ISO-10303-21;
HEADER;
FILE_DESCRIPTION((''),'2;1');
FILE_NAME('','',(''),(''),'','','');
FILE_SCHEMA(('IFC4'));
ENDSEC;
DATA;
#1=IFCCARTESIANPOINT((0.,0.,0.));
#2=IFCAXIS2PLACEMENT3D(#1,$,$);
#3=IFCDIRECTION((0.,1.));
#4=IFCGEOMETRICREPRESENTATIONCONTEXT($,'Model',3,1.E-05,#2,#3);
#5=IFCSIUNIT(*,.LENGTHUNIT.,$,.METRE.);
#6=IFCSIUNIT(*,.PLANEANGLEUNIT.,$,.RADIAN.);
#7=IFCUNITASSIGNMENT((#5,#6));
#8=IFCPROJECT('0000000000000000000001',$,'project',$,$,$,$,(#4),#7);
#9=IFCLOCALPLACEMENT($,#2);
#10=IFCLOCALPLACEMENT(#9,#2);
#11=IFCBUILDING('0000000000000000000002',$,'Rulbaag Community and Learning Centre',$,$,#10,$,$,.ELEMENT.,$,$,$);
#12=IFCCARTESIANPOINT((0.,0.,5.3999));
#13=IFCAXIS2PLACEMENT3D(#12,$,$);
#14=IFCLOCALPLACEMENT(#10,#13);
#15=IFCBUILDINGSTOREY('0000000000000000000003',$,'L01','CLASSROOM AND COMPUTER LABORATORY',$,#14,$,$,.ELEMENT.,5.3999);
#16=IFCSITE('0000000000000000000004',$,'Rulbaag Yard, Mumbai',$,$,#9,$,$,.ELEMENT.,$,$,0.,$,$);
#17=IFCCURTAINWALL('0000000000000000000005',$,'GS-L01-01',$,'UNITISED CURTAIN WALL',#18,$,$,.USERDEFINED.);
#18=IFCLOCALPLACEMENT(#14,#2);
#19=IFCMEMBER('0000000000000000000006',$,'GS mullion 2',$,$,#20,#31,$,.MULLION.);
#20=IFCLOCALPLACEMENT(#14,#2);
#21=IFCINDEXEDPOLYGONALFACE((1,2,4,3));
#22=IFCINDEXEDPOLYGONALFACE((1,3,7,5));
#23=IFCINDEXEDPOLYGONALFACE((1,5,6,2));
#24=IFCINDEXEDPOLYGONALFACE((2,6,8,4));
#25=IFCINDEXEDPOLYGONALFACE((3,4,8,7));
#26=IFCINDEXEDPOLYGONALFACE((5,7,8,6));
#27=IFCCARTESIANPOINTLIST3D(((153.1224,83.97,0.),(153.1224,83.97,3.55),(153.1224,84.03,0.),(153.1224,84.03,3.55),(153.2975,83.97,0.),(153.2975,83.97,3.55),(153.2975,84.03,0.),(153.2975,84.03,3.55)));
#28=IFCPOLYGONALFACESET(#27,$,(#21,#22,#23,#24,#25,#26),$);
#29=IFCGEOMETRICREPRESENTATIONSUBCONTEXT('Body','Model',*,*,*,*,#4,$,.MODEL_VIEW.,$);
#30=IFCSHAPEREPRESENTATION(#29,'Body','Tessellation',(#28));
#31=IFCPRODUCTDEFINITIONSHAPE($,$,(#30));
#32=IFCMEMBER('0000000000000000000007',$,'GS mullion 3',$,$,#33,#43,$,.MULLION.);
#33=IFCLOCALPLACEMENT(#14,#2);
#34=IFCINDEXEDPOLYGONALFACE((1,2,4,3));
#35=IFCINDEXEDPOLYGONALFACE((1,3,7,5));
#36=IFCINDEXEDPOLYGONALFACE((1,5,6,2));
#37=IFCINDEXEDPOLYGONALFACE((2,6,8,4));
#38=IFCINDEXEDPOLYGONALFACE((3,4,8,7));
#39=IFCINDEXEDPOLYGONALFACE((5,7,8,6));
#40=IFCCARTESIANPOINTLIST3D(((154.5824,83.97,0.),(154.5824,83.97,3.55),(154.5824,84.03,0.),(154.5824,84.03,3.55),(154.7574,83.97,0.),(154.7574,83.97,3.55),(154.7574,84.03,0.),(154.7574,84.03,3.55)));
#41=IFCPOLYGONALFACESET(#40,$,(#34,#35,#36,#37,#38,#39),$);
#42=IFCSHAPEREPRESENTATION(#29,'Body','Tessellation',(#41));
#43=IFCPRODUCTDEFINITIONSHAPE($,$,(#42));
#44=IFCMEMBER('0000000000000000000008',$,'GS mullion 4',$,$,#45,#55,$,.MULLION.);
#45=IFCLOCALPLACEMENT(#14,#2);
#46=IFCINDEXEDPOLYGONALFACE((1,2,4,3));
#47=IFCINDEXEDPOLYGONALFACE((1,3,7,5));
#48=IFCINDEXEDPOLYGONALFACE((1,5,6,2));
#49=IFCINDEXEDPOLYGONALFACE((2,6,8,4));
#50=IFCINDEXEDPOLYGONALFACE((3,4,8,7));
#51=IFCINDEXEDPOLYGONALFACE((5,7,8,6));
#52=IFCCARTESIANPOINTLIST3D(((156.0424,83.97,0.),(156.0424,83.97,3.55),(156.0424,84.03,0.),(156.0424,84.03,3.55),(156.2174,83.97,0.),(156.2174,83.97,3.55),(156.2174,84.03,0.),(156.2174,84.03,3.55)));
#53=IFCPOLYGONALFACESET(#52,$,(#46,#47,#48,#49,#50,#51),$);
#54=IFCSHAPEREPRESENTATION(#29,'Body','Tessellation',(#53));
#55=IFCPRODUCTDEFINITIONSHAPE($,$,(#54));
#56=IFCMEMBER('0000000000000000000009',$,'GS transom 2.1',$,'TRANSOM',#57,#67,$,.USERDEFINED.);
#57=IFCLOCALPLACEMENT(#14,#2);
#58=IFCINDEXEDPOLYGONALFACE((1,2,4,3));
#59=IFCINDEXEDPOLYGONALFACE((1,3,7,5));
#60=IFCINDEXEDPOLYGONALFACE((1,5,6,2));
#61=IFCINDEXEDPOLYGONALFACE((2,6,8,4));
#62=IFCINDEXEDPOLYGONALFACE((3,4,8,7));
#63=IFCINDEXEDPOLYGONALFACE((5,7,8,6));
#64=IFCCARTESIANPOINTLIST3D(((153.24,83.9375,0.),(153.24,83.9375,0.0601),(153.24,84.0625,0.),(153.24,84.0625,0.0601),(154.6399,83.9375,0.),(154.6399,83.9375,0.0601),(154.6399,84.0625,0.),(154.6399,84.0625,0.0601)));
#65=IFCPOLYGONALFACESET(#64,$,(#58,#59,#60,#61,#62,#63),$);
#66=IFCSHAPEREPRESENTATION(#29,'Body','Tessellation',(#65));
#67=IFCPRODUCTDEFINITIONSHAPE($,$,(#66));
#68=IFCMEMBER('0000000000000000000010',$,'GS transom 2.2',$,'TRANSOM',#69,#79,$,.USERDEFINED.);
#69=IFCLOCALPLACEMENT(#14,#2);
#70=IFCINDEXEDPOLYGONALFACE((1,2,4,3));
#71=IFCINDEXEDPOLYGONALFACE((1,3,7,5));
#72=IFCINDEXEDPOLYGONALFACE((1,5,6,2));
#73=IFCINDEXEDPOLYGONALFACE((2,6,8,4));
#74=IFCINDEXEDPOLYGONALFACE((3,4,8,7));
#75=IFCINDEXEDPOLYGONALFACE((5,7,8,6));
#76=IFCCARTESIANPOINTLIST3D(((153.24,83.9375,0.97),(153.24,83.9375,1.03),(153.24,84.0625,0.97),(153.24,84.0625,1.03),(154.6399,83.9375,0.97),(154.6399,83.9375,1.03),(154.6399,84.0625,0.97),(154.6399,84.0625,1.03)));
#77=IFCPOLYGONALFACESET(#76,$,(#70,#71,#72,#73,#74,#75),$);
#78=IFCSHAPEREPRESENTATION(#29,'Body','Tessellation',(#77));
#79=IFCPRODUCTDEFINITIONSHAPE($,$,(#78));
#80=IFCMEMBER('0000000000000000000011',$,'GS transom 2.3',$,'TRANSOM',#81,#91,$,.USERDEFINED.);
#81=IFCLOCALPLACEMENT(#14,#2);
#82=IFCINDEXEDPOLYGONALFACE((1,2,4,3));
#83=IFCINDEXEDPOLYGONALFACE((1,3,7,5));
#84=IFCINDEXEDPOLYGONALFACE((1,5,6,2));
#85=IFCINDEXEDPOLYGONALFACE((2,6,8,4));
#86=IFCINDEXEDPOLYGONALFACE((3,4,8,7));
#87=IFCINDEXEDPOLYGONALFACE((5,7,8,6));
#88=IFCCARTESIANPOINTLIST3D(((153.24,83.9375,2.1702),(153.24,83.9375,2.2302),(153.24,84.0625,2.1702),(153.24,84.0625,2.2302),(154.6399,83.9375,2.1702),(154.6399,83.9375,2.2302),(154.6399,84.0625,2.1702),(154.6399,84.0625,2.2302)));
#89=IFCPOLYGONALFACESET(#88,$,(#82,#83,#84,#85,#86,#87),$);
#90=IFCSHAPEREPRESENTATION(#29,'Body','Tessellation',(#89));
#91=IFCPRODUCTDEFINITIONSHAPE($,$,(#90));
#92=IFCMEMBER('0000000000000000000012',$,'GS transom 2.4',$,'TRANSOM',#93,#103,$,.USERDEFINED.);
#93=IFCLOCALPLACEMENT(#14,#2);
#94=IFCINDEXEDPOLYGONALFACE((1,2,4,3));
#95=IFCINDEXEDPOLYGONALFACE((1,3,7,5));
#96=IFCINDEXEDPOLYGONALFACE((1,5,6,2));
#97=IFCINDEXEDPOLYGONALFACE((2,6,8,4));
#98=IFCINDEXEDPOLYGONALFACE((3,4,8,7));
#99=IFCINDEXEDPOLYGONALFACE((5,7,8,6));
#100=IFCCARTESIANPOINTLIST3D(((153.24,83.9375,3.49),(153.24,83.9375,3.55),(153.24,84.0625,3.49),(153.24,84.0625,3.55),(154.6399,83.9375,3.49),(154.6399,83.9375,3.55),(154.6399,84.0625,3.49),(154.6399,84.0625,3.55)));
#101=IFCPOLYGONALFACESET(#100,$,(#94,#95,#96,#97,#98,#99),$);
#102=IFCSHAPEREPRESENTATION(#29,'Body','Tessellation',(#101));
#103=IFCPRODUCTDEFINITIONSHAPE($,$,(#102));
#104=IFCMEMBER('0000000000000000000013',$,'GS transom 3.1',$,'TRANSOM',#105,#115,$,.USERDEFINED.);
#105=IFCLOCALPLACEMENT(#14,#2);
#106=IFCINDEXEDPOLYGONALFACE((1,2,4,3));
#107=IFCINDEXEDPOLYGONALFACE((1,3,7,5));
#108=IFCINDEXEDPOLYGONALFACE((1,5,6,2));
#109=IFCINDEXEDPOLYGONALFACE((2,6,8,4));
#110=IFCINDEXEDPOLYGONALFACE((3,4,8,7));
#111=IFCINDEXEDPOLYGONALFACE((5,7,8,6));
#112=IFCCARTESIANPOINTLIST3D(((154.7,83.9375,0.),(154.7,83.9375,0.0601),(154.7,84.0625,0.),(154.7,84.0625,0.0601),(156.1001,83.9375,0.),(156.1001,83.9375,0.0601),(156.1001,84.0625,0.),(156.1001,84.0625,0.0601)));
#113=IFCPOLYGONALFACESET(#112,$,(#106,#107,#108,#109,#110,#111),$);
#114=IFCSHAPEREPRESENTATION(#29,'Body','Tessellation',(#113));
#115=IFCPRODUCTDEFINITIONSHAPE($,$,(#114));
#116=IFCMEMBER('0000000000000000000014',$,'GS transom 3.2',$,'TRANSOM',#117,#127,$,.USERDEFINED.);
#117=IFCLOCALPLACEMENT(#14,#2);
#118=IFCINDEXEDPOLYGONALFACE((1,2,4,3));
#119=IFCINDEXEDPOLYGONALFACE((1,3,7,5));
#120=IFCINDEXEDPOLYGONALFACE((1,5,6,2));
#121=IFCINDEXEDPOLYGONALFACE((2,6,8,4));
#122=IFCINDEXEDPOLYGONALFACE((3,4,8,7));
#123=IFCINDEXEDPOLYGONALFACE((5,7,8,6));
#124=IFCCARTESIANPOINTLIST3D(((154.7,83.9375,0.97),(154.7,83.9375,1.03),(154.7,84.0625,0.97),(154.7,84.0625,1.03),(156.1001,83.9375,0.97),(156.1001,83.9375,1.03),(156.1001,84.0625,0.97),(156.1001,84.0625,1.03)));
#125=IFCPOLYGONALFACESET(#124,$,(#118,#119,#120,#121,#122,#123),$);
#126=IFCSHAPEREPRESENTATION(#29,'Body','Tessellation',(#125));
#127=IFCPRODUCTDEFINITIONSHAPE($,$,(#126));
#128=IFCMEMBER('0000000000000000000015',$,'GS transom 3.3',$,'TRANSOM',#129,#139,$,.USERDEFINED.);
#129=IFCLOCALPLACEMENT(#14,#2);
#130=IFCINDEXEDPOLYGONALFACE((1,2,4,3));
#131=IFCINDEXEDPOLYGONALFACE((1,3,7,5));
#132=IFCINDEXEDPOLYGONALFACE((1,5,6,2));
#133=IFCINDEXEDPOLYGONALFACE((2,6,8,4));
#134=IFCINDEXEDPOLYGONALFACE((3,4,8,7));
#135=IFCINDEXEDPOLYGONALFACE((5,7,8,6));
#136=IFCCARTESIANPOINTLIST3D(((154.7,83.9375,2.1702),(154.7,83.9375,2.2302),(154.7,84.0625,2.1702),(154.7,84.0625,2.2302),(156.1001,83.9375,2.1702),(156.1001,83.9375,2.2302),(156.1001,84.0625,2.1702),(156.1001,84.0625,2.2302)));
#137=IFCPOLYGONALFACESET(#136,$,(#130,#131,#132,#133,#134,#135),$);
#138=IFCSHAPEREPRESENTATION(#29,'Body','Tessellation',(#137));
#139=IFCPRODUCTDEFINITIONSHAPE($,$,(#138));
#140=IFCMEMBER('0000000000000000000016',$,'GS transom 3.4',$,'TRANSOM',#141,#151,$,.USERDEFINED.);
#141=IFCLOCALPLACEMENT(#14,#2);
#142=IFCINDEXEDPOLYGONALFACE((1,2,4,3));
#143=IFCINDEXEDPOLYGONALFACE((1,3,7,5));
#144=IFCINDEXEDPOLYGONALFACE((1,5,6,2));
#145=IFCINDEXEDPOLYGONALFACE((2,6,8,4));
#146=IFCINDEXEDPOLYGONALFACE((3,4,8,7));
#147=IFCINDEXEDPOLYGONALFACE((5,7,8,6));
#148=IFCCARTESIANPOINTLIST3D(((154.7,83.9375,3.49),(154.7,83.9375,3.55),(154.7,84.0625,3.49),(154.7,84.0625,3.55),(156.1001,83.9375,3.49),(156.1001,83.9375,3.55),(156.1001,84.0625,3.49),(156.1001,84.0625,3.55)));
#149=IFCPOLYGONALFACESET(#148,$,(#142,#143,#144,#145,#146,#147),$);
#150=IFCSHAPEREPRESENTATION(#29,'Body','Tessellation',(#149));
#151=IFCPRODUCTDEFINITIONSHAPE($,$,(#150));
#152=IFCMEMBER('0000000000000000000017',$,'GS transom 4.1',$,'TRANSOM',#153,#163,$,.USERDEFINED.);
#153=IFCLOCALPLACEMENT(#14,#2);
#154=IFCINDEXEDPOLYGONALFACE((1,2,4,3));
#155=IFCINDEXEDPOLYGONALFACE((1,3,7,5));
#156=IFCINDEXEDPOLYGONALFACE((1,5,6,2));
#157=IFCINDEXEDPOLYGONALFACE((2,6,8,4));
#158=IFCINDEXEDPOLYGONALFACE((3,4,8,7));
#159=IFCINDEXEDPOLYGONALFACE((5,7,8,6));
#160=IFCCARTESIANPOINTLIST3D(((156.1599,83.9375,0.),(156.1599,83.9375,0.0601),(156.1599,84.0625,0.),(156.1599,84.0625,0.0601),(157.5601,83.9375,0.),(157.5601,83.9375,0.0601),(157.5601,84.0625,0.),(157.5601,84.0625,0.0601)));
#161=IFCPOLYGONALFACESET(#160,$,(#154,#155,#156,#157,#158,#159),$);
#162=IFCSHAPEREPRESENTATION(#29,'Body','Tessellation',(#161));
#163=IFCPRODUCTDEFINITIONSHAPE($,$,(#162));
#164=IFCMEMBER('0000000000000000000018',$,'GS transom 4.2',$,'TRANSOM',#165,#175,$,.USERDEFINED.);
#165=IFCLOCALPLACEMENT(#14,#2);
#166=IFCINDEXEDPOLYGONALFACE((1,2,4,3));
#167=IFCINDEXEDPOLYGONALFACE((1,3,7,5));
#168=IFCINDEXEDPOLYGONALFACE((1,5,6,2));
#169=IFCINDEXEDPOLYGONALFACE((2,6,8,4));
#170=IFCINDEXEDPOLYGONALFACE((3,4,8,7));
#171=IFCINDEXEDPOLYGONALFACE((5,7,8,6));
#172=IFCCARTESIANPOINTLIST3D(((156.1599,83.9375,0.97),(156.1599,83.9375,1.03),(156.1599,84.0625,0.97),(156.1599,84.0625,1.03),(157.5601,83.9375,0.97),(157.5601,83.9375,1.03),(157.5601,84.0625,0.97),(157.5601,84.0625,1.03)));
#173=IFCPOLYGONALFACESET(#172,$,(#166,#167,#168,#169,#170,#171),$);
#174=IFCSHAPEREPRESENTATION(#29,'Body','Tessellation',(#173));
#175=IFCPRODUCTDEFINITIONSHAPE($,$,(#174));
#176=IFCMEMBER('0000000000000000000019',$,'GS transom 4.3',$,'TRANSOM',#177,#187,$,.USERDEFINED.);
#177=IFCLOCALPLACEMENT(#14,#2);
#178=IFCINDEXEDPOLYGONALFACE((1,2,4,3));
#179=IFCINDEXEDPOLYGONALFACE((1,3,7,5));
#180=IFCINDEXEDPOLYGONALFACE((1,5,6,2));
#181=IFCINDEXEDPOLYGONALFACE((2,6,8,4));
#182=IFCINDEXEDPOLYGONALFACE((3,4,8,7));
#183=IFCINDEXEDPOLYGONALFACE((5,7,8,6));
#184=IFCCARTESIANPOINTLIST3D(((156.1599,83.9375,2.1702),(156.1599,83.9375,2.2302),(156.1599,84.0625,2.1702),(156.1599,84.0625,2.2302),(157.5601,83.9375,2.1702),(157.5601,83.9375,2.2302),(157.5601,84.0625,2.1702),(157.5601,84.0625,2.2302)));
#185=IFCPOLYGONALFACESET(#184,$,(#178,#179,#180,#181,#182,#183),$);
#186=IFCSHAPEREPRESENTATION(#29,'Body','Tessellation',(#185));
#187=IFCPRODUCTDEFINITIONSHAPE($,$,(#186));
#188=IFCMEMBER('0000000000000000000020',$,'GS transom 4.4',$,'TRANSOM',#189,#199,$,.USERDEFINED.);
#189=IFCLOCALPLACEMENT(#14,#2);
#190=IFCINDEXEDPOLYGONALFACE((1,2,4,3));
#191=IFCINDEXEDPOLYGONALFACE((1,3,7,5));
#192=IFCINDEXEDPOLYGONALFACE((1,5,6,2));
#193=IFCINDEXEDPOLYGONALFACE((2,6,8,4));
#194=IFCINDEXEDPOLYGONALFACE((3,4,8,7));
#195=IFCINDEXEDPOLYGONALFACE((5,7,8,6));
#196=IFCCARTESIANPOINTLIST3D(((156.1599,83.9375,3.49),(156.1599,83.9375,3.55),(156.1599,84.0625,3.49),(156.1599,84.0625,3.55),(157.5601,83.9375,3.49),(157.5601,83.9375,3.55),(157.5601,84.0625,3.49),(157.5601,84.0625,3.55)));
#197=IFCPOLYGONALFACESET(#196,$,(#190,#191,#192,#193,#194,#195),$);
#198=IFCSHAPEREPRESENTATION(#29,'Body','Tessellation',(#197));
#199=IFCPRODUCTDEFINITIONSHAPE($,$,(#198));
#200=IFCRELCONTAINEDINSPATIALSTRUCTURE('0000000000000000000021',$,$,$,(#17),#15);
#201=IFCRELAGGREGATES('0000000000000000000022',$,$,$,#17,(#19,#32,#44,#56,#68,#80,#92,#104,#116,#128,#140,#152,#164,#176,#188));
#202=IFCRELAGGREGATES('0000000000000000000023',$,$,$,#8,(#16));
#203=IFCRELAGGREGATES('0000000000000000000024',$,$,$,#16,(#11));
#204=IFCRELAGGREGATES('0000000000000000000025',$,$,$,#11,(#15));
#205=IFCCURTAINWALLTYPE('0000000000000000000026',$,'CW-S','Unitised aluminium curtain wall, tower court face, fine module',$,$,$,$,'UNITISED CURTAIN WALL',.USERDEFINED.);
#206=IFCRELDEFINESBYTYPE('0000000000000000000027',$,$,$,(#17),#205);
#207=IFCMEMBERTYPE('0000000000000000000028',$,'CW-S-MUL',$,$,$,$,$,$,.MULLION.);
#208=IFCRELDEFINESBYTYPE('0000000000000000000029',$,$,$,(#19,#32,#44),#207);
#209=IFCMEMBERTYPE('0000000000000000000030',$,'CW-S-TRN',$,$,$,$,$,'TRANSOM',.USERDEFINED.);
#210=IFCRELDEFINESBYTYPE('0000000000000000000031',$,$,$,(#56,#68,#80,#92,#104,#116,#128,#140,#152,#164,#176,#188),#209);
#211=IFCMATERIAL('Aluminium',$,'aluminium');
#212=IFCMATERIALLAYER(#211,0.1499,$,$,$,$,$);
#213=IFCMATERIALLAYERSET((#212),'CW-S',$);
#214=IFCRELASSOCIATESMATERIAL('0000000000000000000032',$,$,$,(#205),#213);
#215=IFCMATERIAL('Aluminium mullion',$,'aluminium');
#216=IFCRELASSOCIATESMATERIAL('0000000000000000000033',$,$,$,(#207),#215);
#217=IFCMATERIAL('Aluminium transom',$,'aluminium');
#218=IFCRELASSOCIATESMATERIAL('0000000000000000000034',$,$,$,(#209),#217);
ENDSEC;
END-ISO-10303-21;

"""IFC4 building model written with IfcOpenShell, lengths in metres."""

from ifc_helpers import new_model, si_unit, direction, frame, origin, origin_2d, place, context, subcontext, project, spatial, rectangle, extrude, material, layer, layer_set, material_profile, profile_set, type_object, element, aggregate, save


model = new_model("IFC4")

# Units and contexts
model_context = context("Model", 3, precision=1e-05, world=origin(), true_north=direction((0.0, 1.0)))
body_context = subcontext(model_context, "Body", "Model", "MODEL_VIEW")
ifc_project = project(units=[si_unit("LENGTHUNIT", "METRE"), si_unit("PLANEANGLEUNIT", "RADIAN")], contexts=[model_context])

# Site, building, storey
site_placement = place(None, origin())
site = spatial("IfcSite", under=ifc_project, at=site_placement, Name="Rulbaag Yard, Mumbai", CompositionType="ELEMENT", RefElevation=0.0)
building_placement = place(site_placement, origin())
building = spatial("IfcBuilding", under=site, at=building_placement, Name="Rulbaag Community and Learning Centre", CompositionType="ELEMENT")
storey_placement = place(building_placement, frame((0.0, 0.0, 5.3999)))
storey = spatial("IfcBuildingStorey", under=building, at=storey_placement, Name="L01", Description="CLASSROOM AND COMPUTER LABORATORY", CompositionType="ELEMENT", Elevation=5.3999)

# Curtain wall, members
ifc_material_1 = material(Name="Aluminium", Category="aluminium")
ifc_layer_1 = layer(ifc_material_1, 0.1499)
ifc_layer_set_1 = layer_set([ifc_layer_1], Name="CW-S")
curtain_wall_type = type_object("IfcCurtainWallType", Name="CW-S", Description="Unitised aluminium curtain wall, tower court face, fine module", ElementType="UNITISED CURTAIN WALL", PredefinedType="USERDEFINED", material=ifc_layer_set_1)
curtain_wall_placement = place(storey_placement, origin())
curtain_wall = element("IfcCurtainWall", 1, at=curtain_wall_placement, inside=storey, type_object=curtain_wall_type, Name="GS-L01-01", ObjectType="UNITISED CURTAIN WALL", PredefinedType="USERDEFINED")
ifc_material_2 = material(Name="Aluminium mullion", Category="aluminium")
ifc_material_profile_1 = material_profile(ifc_material_2, rectangle(XDim=0.0601, YDim=0.175, at=origin_2d()), Name="AL 60x175")
ifc_profile_set_1 = profile_set([ifc_material_profile_1], Name="Aluminium mullion")
member_type_1 = type_object("IfcMemberType", Name="CW-S-MUL", PredefinedType="MULLION", material=ifc_profile_set_1)
member_1_placement = place(storey_placement, frame((153.21, 84.0, 0.0), z_axis=(0.0, 0.0, 1.0), x_axis=(0.0, 1.0, 0.0)))
member_1 = element("IfcMember", 2, at=member_1_placement, type_object=member_type_1, Name="GS mullion 2", PredefinedType="MULLION", context=body_context, shape_type="SweptSolid", body=[
    extrude(rectangle(XDim=0.0601, YDim=0.175, at=origin_2d()), origin(), (0.0, 0.0, 1.0), 3.55),
])
member_2_placement = place(storey_placement, frame((154.6699, 84.0, 0.0), z_axis=(0.0, 0.0, 1.0), x_axis=(0.0, 1.0, 0.0)))
member_2 = element("IfcMember", 3, at=member_2_placement, type_object=member_type_1, Name="GS mullion 3", PredefinedType="MULLION", context=body_context, shape_type="SweptSolid", body=[
    extrude(rectangle(XDim=0.0601, YDim=0.175, at=origin_2d()), origin(), (0.0, 0.0, 1.0), 3.55),
])
member_3_placement = place(storey_placement, frame((156.1299, 84.0, 0.0), z_axis=(0.0, 0.0, 1.0), x_axis=(0.0, 1.0, 0.0)))
member_3 = element("IfcMember", 4, at=member_3_placement, type_object=member_type_1, Name="GS mullion 4", PredefinedType="MULLION", context=body_context, shape_type="SweptSolid", body=[
    extrude(rectangle(XDim=0.0601, YDim=0.175, at=origin_2d()), origin(), (0.0, 0.0, 1.0), 3.55),
])
ifc_material_3 = material(Name="Aluminium transom", Category="aluminium")
ifc_material_profile_2 = material_profile(ifc_material_3, rectangle(XDim=0.125, YDim=0.0601, at=origin_2d()), Name="AL 60x125 T")
ifc_profile_set_2 = profile_set([ifc_material_profile_2], Name="Aluminium transom")
member_type_2 = type_object("IfcMemberType", Name="CW-S-TRN", ElementType="TRANSOM", PredefinedType="USERDEFINED", material=ifc_profile_set_2)
member_4_placement = place(storey_placement, frame((153.24, 84.0, 0.03), z_axis=(1.0, 0.0, 0.0), x_axis=(0.0, 1.0, 0.0)))
member_4 = element("IfcMember", 5, at=member_4_placement, type_object=member_type_2, Name="GS transom 2.1", ObjectType="TRANSOM", PredefinedType="USERDEFINED", context=body_context, shape_type="SweptSolid", body=[
    extrude(rectangle(XDim=0.125, YDim=0.0601, at=origin_2d()), origin(), (0.0, 0.0, 1.0), 1.3999),
])
member_5_placement = place(storey_placement, frame((153.24, 84.0, 1.0), z_axis=(1.0, 0.0, 0.0), x_axis=(0.0, 1.0, 0.0)))
member_5 = element("IfcMember", 6, at=member_5_placement, type_object=member_type_2, Name="GS transom 2.2", ObjectType="TRANSOM", PredefinedType="USERDEFINED", context=body_context, shape_type="SweptSolid", body=[
    extrude(rectangle(XDim=0.125, YDim=0.0601, at=origin_2d()), origin(), (0.0, 0.0, 1.0), 1.3999),
])
member_6_placement = place(storey_placement, frame((153.24, 84.0, 2.2002), z_axis=(1.0, 0.0, 0.0), x_axis=(0.0, 1.0, 0.0)))
member_6 = element("IfcMember", 7, at=member_6_placement, type_object=member_type_2, Name="GS transom 2.3", ObjectType="TRANSOM", PredefinedType="USERDEFINED", context=body_context, shape_type="SweptSolid", body=[
    extrude(rectangle(XDim=0.125, YDim=0.0601, at=origin_2d()), origin(), (0.0, 0.0, 1.0), 1.3999),
])
member_7_placement = place(storey_placement, frame((153.24, 84.0, 3.52), z_axis=(1.0, 0.0, 0.0), x_axis=(0.0, 1.0, 0.0)))
member_7 = element("IfcMember", 8, at=member_7_placement, type_object=member_type_2, Name="GS transom 2.4", ObjectType="TRANSOM", PredefinedType="USERDEFINED", context=body_context, shape_type="SweptSolid", body=[
    extrude(rectangle(XDim=0.125, YDim=0.0601, at=origin_2d()), origin(), (0.0, 0.0, 1.0), 1.3999),
])
member_8_placement = place(storey_placement, frame((154.7, 84.0, 0.03), z_axis=(1.0, 0.0, 0.0), x_axis=(0.0, 1.0, 0.0)))
member_8 = element("IfcMember", 9, at=member_8_placement, type_object=member_type_2, Name="GS transom 3.1", ObjectType="TRANSOM", PredefinedType="USERDEFINED", context=body_context, shape_type="SweptSolid", body=[
    extrude(rectangle(XDim=0.125, YDim=0.0601, at=origin_2d()), origin(), (0.0, 0.0, 1.0), 1.4001),
])
member_9_placement = place(storey_placement, frame((154.7, 84.0, 1.0), z_axis=(1.0, 0.0, 0.0), x_axis=(0.0, 1.0, 0.0)))
member_9 = element("IfcMember", 10, at=member_9_placement, type_object=member_type_2, Name="GS transom 3.2", ObjectType="TRANSOM", PredefinedType="USERDEFINED", context=body_context, shape_type="SweptSolid", body=[
    extrude(rectangle(XDim=0.125, YDim=0.0601, at=origin_2d()), origin(), (0.0, 0.0, 1.0), 1.4001),
])
member_10_placement = place(storey_placement, frame((154.7, 84.0, 2.2002), z_axis=(1.0, 0.0, 0.0), x_axis=(0.0, 1.0, 0.0)))
member_10 = element("IfcMember", 11, at=member_10_placement, type_object=member_type_2, Name="GS transom 3.3", ObjectType="TRANSOM", PredefinedType="USERDEFINED", context=body_context, shape_type="SweptSolid", body=[
    extrude(rectangle(XDim=0.125, YDim=0.0601, at=origin_2d()), origin(), (0.0, 0.0, 1.0), 1.4001),
])
member_11_placement = place(storey_placement, frame((154.7, 84.0, 3.52), z_axis=(1.0, 0.0, 0.0), x_axis=(0.0, 1.0, 0.0)))
member_11 = element("IfcMember", 12, at=member_11_placement, type_object=member_type_2, Name="GS transom 3.4", ObjectType="TRANSOM", PredefinedType="USERDEFINED", context=body_context, shape_type="SweptSolid", body=[
    extrude(rectangle(XDim=0.125, YDim=0.0601, at=origin_2d()), origin(), (0.0, 0.0, 1.0), 1.4001),
])
member_12_placement = place(storey_placement, frame((156.1599, 84.0, 0.03), z_axis=(1.0, 0.0, 0.0), x_axis=(0.0, 1.0, 0.0)))
member_12 = element("IfcMember", 13, at=member_12_placement, type_object=member_type_2, Name="GS transom 4.1", ObjectType="TRANSOM", PredefinedType="USERDEFINED", context=body_context, shape_type="SweptSolid", body=[
    extrude(rectangle(XDim=0.125, YDim=0.0601, at=origin_2d()), origin(), (0.0, 0.0, 1.0), 1.4001),
])
member_13_placement = place(storey_placement, frame((156.1599, 84.0, 1.0), z_axis=(1.0, 0.0, 0.0), x_axis=(0.0, 1.0, 0.0)))
member_13 = element("IfcMember", 14, at=member_13_placement, type_object=member_type_2, Name="GS transom 4.2", ObjectType="TRANSOM", PredefinedType="USERDEFINED", context=body_context, shape_type="SweptSolid", body=[
    extrude(rectangle(XDim=0.125, YDim=0.0601, at=origin_2d()), origin(), (0.0, 0.0, 1.0), 1.4001),
])
member_14_placement = place(storey_placement, frame((156.1599, 84.0, 2.2002), z_axis=(1.0, 0.0, 0.0), x_axis=(0.0, 1.0, 0.0)))
member_14 = element("IfcMember", 15, at=member_14_placement, type_object=member_type_2, Name="GS transom 4.3", ObjectType="TRANSOM", PredefinedType="USERDEFINED", context=body_context, shape_type="SweptSolid", body=[
    extrude(rectangle(XDim=0.125, YDim=0.0601, at=origin_2d()), origin(), (0.0, 0.0, 1.0), 1.4001),
])
member_15_placement = place(storey_placement, frame((156.1599, 84.0, 3.52), z_axis=(1.0, 0.0, 0.0), x_axis=(0.0, 1.0, 0.0)))
member_15 = element("IfcMember", 16, at=member_15_placement, type_object=member_type_2, Name="GS transom 4.4", ObjectType="TRANSOM", PredefinedType="USERDEFINED", context=body_context, shape_type="SweptSolid", body=[
    extrude(rectangle(XDim=0.125, YDim=0.0601, at=origin_2d()), origin(), (0.0, 0.0, 1.0), 1.4001),
])
aggregate(curtain_wall, [member_1, member_2, member_3, member_4, member_5, member_6, member_7, member_8, member_9, member_10, member_11, member_12, member_13, member_14, member_15])

save(model, "model.ifc")
